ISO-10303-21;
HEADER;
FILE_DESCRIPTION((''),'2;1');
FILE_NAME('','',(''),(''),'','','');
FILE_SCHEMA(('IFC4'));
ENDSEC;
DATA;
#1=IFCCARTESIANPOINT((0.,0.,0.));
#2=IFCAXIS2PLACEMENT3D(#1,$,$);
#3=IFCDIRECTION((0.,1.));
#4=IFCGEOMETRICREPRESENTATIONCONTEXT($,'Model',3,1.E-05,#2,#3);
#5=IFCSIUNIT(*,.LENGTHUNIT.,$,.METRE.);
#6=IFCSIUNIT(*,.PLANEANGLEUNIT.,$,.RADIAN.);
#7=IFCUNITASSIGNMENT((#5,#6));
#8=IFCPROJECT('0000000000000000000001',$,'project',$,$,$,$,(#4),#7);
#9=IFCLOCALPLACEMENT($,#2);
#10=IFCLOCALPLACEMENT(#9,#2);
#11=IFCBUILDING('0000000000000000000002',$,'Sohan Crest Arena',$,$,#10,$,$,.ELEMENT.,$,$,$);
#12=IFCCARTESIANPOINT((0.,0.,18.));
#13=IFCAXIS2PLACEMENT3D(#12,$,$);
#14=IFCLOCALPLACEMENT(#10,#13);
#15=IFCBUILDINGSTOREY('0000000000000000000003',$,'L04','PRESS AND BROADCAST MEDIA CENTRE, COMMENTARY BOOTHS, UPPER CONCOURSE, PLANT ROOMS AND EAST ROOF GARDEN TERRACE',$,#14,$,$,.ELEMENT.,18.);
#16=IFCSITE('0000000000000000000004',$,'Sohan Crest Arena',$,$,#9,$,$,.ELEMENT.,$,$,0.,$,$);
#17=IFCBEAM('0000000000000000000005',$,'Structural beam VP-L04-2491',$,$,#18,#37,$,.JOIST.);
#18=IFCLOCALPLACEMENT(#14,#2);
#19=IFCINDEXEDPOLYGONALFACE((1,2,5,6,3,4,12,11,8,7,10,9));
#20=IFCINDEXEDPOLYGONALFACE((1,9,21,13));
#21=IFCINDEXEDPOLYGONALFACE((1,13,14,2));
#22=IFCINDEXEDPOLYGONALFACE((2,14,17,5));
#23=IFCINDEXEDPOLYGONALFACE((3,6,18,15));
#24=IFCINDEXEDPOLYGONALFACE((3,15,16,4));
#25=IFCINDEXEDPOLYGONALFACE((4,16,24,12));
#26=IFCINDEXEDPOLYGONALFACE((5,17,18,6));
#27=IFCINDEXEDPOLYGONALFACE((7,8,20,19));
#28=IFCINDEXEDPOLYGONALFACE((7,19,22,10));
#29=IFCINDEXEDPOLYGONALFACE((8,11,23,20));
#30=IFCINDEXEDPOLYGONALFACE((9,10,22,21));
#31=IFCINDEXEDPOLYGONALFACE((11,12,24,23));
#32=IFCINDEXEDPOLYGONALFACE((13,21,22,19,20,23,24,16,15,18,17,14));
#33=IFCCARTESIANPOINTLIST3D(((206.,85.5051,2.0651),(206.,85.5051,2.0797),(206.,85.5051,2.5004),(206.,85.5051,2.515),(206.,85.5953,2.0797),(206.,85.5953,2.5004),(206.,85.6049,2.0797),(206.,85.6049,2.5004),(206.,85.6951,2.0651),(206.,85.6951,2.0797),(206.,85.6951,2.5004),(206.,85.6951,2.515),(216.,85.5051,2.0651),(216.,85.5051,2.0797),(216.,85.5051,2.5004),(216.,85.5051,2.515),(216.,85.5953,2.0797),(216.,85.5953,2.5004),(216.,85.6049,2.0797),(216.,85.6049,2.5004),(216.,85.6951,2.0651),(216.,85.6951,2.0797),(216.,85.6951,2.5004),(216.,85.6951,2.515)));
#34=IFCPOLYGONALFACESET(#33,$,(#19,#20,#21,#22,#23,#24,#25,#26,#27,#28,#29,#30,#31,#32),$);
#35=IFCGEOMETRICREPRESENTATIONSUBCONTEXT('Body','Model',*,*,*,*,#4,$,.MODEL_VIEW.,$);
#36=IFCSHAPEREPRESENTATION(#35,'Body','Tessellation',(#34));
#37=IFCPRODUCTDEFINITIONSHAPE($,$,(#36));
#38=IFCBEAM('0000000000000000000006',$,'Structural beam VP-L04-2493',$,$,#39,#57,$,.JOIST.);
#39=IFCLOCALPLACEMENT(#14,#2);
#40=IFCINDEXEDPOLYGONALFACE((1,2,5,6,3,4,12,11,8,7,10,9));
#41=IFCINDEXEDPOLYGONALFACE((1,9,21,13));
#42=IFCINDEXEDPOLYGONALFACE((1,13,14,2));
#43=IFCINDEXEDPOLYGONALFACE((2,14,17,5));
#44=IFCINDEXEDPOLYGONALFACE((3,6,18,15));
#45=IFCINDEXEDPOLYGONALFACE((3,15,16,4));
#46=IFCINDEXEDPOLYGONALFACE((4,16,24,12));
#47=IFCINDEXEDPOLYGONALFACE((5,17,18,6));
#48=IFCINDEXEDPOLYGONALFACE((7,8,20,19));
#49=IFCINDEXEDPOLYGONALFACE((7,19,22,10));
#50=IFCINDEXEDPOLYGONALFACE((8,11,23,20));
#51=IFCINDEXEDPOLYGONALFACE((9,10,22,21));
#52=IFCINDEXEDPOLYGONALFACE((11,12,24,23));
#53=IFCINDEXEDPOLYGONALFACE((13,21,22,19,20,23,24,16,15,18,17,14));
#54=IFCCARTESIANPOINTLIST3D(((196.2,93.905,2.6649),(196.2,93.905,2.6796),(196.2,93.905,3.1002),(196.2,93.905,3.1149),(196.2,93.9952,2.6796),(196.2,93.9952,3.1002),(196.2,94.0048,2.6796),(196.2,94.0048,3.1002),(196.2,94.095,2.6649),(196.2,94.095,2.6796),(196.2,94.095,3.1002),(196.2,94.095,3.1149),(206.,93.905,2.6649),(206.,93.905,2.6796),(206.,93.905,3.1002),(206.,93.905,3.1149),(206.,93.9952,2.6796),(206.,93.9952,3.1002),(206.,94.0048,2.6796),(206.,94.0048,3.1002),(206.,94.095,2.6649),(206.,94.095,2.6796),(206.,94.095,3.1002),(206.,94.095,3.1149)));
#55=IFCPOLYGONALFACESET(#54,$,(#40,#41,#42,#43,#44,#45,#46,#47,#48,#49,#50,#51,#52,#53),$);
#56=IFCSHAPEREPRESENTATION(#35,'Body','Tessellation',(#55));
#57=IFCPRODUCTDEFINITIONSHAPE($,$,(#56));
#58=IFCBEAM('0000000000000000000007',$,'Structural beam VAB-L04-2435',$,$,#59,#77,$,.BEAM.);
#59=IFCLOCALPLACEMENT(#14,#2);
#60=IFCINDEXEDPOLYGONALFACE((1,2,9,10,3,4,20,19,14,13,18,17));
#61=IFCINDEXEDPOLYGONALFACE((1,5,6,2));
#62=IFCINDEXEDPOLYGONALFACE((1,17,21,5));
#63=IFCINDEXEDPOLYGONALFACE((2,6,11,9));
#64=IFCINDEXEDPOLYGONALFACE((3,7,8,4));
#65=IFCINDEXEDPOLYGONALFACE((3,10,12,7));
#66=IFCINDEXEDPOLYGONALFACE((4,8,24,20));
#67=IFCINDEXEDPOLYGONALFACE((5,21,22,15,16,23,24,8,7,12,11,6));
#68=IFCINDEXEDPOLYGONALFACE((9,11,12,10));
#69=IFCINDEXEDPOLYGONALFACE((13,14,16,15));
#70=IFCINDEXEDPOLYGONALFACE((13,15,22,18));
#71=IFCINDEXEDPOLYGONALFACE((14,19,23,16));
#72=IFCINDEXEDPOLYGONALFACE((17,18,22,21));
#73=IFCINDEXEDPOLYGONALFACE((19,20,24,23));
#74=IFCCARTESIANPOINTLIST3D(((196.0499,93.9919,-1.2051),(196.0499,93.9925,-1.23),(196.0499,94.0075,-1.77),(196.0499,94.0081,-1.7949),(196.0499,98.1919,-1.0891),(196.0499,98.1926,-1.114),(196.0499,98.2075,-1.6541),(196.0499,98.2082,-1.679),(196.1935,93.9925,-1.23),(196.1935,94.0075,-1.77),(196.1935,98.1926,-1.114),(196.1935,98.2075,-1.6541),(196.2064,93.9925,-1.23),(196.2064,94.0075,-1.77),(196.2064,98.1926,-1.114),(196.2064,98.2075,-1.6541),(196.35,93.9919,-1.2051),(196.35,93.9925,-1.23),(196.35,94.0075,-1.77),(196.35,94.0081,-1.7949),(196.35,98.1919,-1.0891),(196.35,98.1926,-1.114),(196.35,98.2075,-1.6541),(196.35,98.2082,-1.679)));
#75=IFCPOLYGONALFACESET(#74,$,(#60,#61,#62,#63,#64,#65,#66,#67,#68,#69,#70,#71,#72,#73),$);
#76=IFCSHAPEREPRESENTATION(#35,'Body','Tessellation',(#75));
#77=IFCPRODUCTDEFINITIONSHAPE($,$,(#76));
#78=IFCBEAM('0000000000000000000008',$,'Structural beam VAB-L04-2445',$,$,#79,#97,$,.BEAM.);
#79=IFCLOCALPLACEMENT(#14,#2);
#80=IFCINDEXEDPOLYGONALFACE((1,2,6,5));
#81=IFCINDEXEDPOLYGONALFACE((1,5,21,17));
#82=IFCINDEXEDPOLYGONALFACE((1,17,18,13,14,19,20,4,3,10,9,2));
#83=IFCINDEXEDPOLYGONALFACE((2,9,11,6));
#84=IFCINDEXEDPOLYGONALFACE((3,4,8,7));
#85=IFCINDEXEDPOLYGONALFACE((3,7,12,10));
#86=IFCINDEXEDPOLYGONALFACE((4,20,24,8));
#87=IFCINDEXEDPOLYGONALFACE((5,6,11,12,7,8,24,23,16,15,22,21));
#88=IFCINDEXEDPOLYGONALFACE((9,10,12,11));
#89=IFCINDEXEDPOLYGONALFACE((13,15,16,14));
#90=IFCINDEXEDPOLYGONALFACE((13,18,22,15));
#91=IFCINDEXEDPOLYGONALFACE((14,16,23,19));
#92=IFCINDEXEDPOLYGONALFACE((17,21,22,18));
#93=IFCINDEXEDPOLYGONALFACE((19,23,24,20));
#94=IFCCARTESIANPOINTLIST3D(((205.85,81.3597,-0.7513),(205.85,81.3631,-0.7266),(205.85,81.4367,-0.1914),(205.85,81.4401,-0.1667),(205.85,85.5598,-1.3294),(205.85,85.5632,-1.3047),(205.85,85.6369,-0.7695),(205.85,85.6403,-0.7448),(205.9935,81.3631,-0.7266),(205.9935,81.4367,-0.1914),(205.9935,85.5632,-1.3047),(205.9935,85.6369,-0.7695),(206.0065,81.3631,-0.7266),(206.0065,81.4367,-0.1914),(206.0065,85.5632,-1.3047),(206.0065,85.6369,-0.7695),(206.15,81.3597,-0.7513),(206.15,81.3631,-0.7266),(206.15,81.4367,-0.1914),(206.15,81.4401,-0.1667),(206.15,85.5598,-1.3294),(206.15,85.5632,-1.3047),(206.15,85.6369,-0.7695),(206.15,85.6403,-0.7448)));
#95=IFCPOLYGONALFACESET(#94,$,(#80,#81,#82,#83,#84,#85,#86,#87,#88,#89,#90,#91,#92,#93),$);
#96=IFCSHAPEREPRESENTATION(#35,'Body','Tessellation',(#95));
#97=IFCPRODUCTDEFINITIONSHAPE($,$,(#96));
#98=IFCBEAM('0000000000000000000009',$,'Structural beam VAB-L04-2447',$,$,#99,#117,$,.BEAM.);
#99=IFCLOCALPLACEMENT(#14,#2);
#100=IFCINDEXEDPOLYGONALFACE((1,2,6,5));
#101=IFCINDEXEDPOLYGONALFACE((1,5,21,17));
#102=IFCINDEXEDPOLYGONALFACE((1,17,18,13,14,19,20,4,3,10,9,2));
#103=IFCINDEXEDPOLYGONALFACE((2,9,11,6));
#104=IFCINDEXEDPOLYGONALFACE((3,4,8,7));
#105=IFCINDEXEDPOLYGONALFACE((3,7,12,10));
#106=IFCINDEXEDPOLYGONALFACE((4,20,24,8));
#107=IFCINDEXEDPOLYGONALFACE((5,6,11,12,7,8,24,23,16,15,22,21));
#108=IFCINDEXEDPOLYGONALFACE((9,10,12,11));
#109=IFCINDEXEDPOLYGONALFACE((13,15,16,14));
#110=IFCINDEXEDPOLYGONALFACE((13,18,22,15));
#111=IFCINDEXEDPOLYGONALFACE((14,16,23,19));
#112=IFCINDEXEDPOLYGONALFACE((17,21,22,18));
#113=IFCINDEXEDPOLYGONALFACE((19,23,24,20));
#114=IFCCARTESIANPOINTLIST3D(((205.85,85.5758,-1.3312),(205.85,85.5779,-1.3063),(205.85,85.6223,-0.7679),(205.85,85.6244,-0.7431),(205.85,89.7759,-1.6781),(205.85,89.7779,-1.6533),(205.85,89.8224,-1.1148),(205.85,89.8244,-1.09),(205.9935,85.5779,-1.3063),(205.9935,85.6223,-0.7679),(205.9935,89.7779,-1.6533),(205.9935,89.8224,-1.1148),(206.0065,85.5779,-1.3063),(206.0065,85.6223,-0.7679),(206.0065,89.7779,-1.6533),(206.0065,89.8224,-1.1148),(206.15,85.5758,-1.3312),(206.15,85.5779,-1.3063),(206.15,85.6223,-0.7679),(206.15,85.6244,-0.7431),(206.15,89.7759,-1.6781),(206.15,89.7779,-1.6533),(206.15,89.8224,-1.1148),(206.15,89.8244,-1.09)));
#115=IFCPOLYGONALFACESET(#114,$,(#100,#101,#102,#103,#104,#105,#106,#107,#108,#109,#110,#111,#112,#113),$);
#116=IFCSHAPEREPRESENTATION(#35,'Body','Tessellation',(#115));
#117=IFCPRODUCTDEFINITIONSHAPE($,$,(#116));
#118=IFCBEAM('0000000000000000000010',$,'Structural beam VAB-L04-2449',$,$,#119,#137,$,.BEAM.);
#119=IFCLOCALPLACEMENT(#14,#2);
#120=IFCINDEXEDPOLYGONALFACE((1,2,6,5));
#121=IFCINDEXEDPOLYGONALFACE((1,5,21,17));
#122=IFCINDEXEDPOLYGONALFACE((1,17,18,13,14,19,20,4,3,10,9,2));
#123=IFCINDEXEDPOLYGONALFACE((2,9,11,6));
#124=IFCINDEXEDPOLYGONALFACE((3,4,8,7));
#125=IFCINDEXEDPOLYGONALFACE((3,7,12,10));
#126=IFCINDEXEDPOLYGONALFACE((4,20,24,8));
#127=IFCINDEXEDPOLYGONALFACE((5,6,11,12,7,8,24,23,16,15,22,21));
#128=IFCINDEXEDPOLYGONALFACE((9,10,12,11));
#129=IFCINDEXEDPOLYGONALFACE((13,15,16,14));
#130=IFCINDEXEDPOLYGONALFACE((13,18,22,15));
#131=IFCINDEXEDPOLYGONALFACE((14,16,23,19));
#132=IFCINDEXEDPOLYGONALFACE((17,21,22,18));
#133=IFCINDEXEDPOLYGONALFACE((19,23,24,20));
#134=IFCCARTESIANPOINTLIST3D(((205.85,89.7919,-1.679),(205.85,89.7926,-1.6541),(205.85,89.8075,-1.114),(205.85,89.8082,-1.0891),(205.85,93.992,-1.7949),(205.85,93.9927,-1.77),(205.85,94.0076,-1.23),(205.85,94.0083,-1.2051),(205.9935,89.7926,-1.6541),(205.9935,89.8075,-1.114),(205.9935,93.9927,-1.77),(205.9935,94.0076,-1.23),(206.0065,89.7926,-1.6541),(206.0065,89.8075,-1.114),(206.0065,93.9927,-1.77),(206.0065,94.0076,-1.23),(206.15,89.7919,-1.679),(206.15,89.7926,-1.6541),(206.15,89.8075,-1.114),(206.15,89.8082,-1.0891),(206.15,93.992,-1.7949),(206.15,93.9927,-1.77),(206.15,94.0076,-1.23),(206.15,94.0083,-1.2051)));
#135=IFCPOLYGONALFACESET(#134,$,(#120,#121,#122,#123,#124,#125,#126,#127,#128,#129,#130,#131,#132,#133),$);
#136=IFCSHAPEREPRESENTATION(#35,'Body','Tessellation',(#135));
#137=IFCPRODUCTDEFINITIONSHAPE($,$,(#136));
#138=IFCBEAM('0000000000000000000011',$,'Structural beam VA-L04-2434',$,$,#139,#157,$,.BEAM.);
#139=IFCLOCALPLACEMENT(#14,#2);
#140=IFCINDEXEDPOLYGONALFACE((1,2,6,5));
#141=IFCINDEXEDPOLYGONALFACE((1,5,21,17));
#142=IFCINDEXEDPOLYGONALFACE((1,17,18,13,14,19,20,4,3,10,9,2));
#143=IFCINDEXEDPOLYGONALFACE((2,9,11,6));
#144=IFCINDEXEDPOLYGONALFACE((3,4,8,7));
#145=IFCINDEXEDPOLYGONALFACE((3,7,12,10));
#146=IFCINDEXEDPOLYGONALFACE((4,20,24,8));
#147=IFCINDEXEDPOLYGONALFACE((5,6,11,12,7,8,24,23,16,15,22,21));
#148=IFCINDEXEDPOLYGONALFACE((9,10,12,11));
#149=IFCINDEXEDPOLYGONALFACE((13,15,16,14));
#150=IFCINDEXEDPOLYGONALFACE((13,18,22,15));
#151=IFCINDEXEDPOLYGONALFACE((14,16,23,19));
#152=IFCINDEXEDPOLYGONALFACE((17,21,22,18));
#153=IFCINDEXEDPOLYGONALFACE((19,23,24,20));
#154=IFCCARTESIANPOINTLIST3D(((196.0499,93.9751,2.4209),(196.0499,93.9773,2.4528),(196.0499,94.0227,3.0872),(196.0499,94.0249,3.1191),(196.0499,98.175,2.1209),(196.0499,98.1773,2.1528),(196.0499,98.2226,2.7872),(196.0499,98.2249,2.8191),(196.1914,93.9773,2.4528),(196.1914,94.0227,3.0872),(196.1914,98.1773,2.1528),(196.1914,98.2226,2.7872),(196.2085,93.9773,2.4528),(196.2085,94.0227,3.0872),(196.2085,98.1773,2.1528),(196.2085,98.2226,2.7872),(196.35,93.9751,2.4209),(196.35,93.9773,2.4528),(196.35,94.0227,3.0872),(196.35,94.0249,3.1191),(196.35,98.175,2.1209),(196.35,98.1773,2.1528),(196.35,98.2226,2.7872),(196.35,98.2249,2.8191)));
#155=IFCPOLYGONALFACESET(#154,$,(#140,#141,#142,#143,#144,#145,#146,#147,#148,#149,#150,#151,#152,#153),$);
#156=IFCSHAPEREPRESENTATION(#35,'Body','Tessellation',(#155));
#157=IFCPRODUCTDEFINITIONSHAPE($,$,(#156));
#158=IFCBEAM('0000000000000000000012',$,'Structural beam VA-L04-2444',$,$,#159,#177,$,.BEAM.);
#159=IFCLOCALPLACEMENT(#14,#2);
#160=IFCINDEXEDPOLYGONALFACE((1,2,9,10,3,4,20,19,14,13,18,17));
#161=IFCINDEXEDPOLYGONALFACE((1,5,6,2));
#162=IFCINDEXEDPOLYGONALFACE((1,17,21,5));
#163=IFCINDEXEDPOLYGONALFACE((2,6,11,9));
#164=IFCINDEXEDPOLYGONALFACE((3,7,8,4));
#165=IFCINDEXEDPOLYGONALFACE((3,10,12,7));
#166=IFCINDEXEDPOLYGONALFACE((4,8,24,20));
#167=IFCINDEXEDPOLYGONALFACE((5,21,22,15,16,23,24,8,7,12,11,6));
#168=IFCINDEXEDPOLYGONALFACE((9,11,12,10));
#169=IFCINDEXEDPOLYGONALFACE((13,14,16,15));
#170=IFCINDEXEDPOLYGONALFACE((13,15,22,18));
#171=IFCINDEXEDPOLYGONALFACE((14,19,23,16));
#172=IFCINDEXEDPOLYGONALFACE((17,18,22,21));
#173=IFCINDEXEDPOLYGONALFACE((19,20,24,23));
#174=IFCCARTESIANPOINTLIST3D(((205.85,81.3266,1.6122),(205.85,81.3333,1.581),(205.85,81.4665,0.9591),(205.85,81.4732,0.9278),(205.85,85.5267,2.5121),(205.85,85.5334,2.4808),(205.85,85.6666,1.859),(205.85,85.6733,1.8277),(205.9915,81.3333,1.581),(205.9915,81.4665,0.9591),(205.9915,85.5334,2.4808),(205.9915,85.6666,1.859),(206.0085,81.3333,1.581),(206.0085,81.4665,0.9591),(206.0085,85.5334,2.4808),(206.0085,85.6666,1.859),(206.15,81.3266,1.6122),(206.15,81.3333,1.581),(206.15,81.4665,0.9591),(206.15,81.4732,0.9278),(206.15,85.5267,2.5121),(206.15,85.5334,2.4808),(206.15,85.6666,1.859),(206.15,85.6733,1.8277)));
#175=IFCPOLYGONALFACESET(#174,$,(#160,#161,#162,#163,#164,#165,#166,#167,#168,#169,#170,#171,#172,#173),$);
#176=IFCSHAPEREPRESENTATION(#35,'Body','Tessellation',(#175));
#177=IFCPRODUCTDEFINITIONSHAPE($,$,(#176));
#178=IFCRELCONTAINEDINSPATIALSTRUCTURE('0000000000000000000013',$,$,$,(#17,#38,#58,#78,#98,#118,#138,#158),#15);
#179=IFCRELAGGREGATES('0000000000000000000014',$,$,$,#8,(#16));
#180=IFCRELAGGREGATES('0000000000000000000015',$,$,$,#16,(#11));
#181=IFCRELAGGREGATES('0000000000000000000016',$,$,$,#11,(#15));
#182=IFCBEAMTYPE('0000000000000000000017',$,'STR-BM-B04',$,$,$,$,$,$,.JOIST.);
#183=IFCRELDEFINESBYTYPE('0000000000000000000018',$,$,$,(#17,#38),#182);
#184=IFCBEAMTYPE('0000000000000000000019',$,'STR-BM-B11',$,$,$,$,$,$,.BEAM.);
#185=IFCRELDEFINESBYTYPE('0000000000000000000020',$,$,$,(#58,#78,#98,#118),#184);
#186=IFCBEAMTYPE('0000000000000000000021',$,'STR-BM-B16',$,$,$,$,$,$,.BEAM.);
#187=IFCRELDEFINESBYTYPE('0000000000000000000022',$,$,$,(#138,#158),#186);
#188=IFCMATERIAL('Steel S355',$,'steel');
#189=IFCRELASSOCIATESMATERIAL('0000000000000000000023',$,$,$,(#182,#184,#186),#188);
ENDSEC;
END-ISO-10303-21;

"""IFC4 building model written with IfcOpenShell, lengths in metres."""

from ifc_helpers import new_model, si_unit, direction, frame, origin, origin_2d, place, context, subcontext, project, spatial, i_section, extrude, material, material_profile, profile_set, type_object, element, save


model = new_model("IFC4")

# Units and contexts
model_context = context("Model", 3, precision=1e-05, world=origin(), true_north=direction((0.0, 1.0)))
body_context = subcontext(model_context, "Body", "Model", "MODEL_VIEW")
ifc_project = project(units=[si_unit("LENGTHUNIT", "METRE"), si_unit("PLANEANGLEUNIT", "RADIAN")], contexts=[model_context])

# Site, building, storey
site_placement = place(None, origin())
site = spatial("IfcSite", under=ifc_project, at=site_placement, Name="Sohan Crest Arena", CompositionType="ELEMENT", RefElevation=0.0)
building_placement = place(site_placement, origin())
building = spatial("IfcBuilding", under=site, at=building_placement, Name="Sohan Crest Arena", CompositionType="ELEMENT")
storey_placement = place(building_placement, frame((0.0, 0.0, 18.0)))
storey = spatial("IfcBuildingStorey", under=building, at=storey_placement, Name="L04", Description="PRESS AND BROADCAST MEDIA CENTRE, COMMENTARY BOOTHS, UPPER CONCOURSE, PLANT ROOMS AND EAST ROOF GARDEN TERRACE", CompositionType="ELEMENT", Elevation=18.0)

# Beams
ifc_material = material(Name="Steel S355", Category="steel")
ifc_material_profile_1 = material_profile(ifc_material, i_section(OverallWidth=0.1899, OverallDepth=0.45, WebThickness=0.0095, FlangeThickness=0.0146, at=origin_2d()), Name="IPE 450")
ifc_profile_set_1 = profile_set([ifc_material_profile_1], Name="Steel S355")
beam_type_1 = type_object("IfcBeamType", Name="STR-BM-B04", PredefinedType="JOIST", material=ifc_profile_set_1)
beam_1_placement = place(storey_placement, frame((206.0, 85.6001, 2.29), z_axis=(1.0, 0.0, 0.0), x_axis=(0.0, 1.0, 0.0)))
element("IfcBeam", 1, at=beam_1_placement, inside=storey, type_object=beam_type_1, Name="Structural beam VP-L04-2491", PredefinedType="JOIST", context=body_context, shape_type="SweptSolid", body=[
    extrude(i_section(OverallWidth=0.1899, OverallDepth=0.45, WebThickness=0.0095, FlangeThickness=0.0146, at=origin_2d()), origin(), (0.0, 0.0, 1.0), 10.0),
])
beam_2_placement = place(storey_placement, frame((196.2, 94.0, 2.8899), z_axis=(1.0, 0.0, 0.0), x_axis=(0.0, 1.0, 0.0)))
element("IfcBeam", 2, at=beam_2_placement, inside=storey, type_object=beam_type_1, Name="Structural beam VP-L04-2493", PredefinedType="JOIST", context=body_context, shape_type="SweptSolid", body=[
    extrude(i_section(OverallWidth=0.1899, OverallDepth=0.45, WebThickness=0.0095, FlangeThickness=0.0146, at=origin_2d()), origin(), (0.0, 0.0, 1.0), 9.8),
])
ifc_material_profile_2 = material_profile(ifc_material, i_section(OverallWidth=0.3, OverallDepth=0.5901, WebThickness=0.0129, FlangeThickness=0.0249, at=origin_2d()), Name="HEA 600")
ifc_profile_set_2 = profile_set([ifc_material_profile_2], Name="Steel S355")
beam_type_2 = type_object("IfcBeamType", Name="STR-BM-B11", PredefinedType="BEAM", material=ifc_profile_set_2)
beam_3_placement = place(storey_placement, frame((196.2, 94.0, -1.5), z_axis=(0.0, 0.999619, 0.027601), x_axis=(-1.0, 0.0, 0.0)))
element("IfcBeam", 3, at=beam_3_placement, inside=storey, type_object=beam_type_2, Name="Structural beam VAB-L04-2435", PredefinedType="BEAM", context=body_context, shape_type="SweptSolid", body=[
    extrude(i_section(OverallWidth=0.3, OverallDepth=0.5901, WebThickness=0.0129, FlangeThickness=0.0249, at=origin_2d()), origin(), (0.0, 0.0, 1.0), 4.2017),
])
beam_4_placement = place(storey_placement, frame((206.0, 81.3999, -0.459), z_axis=(0.0, 0.99066, -0.136357), x_axis=(-1.0, 0.0, 0.0)))
element("IfcBeam", 4, at=beam_4_placement, inside=storey, type_object=beam_type_2, Name="Structural beam VAB-L04-2445", PredefinedType="BEAM", context=body_context, shape_type="SweptSolid", body=[
    extrude(i_section(OverallWidth=0.3, OverallDepth=0.5901, WebThickness=0.0129, FlangeThickness=0.0249, at=origin_2d()), origin(), (0.0, 0.0, 1.0), 4.2397),
])
beam_5_placement = place(storey_placement, frame((206.0, 85.6001, -1.0371), z_axis=(0.0, 0.996606, -0.082322), x_axis=(-1.0, 0.0, 0.0)))
element("IfcBeam", 5, at=beam_5_placement, inside=storey, type_object=beam_type_2, Name="Structural beam VAB-L04-2447", PredefinedType="BEAM", context=body_context, shape_type="SweptSolid", body=[
    extrude(i_section(OverallWidth=0.3, OverallDepth=0.5901, WebThickness=0.0129, FlangeThickness=0.0249, at=origin_2d()), origin(), (0.0, 0.0, 1.0), 4.2144),
])
beam_6_placement = place(storey_placement, frame((206.0, 89.8, -1.384), z_axis=(0.0, 0.999619, -0.027601), x_axis=(-1.0, 0.0, 0.0)))
element("IfcBeam", 6, at=beam_6_placement, inside=storey, type_object=beam_type_2, Name="Structural beam VAB-L04-2449", PredefinedType="BEAM", context=body_context, shape_type="SweptSolid", body=[
    extrude(i_section(OverallWidth=0.3, OverallDepth=0.5901, WebThickness=0.0129, FlangeThickness=0.0249, at=origin_2d()), origin(), (0.0, 0.0, 1.0), 4.2017),
])
ifc_material_profile_3 = material_profile(ifc_material, i_section(OverallWidth=0.3, OverallDepth=0.7, WebThickness=0.0171, FlangeThickness=0.032, at=origin_2d()), Name="HEB 700")
ifc_profile_set_3 = profile_set([ifc_material_profile_3], Name="Steel S355")
beam_type_3 = type_object("IfcBeamType", Name="STR-BM-B16", PredefinedType="BEAM", material=ifc_profile_set_3)
beam_7_placement = place(storey_placement, frame((196.2, 94.0, 2.77), z_axis=(0.0, 0.997458, -0.071259), x_axis=(-1.0, 0.0, 0.0)))
element("IfcBeam", 7, at=beam_7_placement, inside=storey, type_object=beam_type_3, Name="Structural beam VA-L04-2434", PredefinedType="BEAM", context=body_context, shape_type="SweptSolid", body=[
    extrude(i_section(OverallWidth=0.3, OverallDepth=0.7, WebThickness=0.0171, FlangeThickness=0.032, at=origin_2d()), origin(), (0.0, 0.0, 1.0), 4.2107),
])
beam_8_placement = place(storey_placement, frame((206.0, 81.3999, 1.27), z_axis=(0.0, 0.977809, 0.209498), x_axis=(-1.0, 0.0, 0.0)))
element("IfcBeam", 8, at=beam_8_placement, inside=storey, type_object=beam_type_3, Name="Structural beam VA-L04-2444", PredefinedType="BEAM", context=body_context, shape_type="SweptSolid", body=[
    extrude(i_section(OverallWidth=0.3, OverallDepth=0.7, WebThickness=0.0171, FlangeThickness=0.032, at=origin_2d()), origin(), (0.0, 0.0, 1.0), 4.2954),
])

save(model, "model.ifc")
